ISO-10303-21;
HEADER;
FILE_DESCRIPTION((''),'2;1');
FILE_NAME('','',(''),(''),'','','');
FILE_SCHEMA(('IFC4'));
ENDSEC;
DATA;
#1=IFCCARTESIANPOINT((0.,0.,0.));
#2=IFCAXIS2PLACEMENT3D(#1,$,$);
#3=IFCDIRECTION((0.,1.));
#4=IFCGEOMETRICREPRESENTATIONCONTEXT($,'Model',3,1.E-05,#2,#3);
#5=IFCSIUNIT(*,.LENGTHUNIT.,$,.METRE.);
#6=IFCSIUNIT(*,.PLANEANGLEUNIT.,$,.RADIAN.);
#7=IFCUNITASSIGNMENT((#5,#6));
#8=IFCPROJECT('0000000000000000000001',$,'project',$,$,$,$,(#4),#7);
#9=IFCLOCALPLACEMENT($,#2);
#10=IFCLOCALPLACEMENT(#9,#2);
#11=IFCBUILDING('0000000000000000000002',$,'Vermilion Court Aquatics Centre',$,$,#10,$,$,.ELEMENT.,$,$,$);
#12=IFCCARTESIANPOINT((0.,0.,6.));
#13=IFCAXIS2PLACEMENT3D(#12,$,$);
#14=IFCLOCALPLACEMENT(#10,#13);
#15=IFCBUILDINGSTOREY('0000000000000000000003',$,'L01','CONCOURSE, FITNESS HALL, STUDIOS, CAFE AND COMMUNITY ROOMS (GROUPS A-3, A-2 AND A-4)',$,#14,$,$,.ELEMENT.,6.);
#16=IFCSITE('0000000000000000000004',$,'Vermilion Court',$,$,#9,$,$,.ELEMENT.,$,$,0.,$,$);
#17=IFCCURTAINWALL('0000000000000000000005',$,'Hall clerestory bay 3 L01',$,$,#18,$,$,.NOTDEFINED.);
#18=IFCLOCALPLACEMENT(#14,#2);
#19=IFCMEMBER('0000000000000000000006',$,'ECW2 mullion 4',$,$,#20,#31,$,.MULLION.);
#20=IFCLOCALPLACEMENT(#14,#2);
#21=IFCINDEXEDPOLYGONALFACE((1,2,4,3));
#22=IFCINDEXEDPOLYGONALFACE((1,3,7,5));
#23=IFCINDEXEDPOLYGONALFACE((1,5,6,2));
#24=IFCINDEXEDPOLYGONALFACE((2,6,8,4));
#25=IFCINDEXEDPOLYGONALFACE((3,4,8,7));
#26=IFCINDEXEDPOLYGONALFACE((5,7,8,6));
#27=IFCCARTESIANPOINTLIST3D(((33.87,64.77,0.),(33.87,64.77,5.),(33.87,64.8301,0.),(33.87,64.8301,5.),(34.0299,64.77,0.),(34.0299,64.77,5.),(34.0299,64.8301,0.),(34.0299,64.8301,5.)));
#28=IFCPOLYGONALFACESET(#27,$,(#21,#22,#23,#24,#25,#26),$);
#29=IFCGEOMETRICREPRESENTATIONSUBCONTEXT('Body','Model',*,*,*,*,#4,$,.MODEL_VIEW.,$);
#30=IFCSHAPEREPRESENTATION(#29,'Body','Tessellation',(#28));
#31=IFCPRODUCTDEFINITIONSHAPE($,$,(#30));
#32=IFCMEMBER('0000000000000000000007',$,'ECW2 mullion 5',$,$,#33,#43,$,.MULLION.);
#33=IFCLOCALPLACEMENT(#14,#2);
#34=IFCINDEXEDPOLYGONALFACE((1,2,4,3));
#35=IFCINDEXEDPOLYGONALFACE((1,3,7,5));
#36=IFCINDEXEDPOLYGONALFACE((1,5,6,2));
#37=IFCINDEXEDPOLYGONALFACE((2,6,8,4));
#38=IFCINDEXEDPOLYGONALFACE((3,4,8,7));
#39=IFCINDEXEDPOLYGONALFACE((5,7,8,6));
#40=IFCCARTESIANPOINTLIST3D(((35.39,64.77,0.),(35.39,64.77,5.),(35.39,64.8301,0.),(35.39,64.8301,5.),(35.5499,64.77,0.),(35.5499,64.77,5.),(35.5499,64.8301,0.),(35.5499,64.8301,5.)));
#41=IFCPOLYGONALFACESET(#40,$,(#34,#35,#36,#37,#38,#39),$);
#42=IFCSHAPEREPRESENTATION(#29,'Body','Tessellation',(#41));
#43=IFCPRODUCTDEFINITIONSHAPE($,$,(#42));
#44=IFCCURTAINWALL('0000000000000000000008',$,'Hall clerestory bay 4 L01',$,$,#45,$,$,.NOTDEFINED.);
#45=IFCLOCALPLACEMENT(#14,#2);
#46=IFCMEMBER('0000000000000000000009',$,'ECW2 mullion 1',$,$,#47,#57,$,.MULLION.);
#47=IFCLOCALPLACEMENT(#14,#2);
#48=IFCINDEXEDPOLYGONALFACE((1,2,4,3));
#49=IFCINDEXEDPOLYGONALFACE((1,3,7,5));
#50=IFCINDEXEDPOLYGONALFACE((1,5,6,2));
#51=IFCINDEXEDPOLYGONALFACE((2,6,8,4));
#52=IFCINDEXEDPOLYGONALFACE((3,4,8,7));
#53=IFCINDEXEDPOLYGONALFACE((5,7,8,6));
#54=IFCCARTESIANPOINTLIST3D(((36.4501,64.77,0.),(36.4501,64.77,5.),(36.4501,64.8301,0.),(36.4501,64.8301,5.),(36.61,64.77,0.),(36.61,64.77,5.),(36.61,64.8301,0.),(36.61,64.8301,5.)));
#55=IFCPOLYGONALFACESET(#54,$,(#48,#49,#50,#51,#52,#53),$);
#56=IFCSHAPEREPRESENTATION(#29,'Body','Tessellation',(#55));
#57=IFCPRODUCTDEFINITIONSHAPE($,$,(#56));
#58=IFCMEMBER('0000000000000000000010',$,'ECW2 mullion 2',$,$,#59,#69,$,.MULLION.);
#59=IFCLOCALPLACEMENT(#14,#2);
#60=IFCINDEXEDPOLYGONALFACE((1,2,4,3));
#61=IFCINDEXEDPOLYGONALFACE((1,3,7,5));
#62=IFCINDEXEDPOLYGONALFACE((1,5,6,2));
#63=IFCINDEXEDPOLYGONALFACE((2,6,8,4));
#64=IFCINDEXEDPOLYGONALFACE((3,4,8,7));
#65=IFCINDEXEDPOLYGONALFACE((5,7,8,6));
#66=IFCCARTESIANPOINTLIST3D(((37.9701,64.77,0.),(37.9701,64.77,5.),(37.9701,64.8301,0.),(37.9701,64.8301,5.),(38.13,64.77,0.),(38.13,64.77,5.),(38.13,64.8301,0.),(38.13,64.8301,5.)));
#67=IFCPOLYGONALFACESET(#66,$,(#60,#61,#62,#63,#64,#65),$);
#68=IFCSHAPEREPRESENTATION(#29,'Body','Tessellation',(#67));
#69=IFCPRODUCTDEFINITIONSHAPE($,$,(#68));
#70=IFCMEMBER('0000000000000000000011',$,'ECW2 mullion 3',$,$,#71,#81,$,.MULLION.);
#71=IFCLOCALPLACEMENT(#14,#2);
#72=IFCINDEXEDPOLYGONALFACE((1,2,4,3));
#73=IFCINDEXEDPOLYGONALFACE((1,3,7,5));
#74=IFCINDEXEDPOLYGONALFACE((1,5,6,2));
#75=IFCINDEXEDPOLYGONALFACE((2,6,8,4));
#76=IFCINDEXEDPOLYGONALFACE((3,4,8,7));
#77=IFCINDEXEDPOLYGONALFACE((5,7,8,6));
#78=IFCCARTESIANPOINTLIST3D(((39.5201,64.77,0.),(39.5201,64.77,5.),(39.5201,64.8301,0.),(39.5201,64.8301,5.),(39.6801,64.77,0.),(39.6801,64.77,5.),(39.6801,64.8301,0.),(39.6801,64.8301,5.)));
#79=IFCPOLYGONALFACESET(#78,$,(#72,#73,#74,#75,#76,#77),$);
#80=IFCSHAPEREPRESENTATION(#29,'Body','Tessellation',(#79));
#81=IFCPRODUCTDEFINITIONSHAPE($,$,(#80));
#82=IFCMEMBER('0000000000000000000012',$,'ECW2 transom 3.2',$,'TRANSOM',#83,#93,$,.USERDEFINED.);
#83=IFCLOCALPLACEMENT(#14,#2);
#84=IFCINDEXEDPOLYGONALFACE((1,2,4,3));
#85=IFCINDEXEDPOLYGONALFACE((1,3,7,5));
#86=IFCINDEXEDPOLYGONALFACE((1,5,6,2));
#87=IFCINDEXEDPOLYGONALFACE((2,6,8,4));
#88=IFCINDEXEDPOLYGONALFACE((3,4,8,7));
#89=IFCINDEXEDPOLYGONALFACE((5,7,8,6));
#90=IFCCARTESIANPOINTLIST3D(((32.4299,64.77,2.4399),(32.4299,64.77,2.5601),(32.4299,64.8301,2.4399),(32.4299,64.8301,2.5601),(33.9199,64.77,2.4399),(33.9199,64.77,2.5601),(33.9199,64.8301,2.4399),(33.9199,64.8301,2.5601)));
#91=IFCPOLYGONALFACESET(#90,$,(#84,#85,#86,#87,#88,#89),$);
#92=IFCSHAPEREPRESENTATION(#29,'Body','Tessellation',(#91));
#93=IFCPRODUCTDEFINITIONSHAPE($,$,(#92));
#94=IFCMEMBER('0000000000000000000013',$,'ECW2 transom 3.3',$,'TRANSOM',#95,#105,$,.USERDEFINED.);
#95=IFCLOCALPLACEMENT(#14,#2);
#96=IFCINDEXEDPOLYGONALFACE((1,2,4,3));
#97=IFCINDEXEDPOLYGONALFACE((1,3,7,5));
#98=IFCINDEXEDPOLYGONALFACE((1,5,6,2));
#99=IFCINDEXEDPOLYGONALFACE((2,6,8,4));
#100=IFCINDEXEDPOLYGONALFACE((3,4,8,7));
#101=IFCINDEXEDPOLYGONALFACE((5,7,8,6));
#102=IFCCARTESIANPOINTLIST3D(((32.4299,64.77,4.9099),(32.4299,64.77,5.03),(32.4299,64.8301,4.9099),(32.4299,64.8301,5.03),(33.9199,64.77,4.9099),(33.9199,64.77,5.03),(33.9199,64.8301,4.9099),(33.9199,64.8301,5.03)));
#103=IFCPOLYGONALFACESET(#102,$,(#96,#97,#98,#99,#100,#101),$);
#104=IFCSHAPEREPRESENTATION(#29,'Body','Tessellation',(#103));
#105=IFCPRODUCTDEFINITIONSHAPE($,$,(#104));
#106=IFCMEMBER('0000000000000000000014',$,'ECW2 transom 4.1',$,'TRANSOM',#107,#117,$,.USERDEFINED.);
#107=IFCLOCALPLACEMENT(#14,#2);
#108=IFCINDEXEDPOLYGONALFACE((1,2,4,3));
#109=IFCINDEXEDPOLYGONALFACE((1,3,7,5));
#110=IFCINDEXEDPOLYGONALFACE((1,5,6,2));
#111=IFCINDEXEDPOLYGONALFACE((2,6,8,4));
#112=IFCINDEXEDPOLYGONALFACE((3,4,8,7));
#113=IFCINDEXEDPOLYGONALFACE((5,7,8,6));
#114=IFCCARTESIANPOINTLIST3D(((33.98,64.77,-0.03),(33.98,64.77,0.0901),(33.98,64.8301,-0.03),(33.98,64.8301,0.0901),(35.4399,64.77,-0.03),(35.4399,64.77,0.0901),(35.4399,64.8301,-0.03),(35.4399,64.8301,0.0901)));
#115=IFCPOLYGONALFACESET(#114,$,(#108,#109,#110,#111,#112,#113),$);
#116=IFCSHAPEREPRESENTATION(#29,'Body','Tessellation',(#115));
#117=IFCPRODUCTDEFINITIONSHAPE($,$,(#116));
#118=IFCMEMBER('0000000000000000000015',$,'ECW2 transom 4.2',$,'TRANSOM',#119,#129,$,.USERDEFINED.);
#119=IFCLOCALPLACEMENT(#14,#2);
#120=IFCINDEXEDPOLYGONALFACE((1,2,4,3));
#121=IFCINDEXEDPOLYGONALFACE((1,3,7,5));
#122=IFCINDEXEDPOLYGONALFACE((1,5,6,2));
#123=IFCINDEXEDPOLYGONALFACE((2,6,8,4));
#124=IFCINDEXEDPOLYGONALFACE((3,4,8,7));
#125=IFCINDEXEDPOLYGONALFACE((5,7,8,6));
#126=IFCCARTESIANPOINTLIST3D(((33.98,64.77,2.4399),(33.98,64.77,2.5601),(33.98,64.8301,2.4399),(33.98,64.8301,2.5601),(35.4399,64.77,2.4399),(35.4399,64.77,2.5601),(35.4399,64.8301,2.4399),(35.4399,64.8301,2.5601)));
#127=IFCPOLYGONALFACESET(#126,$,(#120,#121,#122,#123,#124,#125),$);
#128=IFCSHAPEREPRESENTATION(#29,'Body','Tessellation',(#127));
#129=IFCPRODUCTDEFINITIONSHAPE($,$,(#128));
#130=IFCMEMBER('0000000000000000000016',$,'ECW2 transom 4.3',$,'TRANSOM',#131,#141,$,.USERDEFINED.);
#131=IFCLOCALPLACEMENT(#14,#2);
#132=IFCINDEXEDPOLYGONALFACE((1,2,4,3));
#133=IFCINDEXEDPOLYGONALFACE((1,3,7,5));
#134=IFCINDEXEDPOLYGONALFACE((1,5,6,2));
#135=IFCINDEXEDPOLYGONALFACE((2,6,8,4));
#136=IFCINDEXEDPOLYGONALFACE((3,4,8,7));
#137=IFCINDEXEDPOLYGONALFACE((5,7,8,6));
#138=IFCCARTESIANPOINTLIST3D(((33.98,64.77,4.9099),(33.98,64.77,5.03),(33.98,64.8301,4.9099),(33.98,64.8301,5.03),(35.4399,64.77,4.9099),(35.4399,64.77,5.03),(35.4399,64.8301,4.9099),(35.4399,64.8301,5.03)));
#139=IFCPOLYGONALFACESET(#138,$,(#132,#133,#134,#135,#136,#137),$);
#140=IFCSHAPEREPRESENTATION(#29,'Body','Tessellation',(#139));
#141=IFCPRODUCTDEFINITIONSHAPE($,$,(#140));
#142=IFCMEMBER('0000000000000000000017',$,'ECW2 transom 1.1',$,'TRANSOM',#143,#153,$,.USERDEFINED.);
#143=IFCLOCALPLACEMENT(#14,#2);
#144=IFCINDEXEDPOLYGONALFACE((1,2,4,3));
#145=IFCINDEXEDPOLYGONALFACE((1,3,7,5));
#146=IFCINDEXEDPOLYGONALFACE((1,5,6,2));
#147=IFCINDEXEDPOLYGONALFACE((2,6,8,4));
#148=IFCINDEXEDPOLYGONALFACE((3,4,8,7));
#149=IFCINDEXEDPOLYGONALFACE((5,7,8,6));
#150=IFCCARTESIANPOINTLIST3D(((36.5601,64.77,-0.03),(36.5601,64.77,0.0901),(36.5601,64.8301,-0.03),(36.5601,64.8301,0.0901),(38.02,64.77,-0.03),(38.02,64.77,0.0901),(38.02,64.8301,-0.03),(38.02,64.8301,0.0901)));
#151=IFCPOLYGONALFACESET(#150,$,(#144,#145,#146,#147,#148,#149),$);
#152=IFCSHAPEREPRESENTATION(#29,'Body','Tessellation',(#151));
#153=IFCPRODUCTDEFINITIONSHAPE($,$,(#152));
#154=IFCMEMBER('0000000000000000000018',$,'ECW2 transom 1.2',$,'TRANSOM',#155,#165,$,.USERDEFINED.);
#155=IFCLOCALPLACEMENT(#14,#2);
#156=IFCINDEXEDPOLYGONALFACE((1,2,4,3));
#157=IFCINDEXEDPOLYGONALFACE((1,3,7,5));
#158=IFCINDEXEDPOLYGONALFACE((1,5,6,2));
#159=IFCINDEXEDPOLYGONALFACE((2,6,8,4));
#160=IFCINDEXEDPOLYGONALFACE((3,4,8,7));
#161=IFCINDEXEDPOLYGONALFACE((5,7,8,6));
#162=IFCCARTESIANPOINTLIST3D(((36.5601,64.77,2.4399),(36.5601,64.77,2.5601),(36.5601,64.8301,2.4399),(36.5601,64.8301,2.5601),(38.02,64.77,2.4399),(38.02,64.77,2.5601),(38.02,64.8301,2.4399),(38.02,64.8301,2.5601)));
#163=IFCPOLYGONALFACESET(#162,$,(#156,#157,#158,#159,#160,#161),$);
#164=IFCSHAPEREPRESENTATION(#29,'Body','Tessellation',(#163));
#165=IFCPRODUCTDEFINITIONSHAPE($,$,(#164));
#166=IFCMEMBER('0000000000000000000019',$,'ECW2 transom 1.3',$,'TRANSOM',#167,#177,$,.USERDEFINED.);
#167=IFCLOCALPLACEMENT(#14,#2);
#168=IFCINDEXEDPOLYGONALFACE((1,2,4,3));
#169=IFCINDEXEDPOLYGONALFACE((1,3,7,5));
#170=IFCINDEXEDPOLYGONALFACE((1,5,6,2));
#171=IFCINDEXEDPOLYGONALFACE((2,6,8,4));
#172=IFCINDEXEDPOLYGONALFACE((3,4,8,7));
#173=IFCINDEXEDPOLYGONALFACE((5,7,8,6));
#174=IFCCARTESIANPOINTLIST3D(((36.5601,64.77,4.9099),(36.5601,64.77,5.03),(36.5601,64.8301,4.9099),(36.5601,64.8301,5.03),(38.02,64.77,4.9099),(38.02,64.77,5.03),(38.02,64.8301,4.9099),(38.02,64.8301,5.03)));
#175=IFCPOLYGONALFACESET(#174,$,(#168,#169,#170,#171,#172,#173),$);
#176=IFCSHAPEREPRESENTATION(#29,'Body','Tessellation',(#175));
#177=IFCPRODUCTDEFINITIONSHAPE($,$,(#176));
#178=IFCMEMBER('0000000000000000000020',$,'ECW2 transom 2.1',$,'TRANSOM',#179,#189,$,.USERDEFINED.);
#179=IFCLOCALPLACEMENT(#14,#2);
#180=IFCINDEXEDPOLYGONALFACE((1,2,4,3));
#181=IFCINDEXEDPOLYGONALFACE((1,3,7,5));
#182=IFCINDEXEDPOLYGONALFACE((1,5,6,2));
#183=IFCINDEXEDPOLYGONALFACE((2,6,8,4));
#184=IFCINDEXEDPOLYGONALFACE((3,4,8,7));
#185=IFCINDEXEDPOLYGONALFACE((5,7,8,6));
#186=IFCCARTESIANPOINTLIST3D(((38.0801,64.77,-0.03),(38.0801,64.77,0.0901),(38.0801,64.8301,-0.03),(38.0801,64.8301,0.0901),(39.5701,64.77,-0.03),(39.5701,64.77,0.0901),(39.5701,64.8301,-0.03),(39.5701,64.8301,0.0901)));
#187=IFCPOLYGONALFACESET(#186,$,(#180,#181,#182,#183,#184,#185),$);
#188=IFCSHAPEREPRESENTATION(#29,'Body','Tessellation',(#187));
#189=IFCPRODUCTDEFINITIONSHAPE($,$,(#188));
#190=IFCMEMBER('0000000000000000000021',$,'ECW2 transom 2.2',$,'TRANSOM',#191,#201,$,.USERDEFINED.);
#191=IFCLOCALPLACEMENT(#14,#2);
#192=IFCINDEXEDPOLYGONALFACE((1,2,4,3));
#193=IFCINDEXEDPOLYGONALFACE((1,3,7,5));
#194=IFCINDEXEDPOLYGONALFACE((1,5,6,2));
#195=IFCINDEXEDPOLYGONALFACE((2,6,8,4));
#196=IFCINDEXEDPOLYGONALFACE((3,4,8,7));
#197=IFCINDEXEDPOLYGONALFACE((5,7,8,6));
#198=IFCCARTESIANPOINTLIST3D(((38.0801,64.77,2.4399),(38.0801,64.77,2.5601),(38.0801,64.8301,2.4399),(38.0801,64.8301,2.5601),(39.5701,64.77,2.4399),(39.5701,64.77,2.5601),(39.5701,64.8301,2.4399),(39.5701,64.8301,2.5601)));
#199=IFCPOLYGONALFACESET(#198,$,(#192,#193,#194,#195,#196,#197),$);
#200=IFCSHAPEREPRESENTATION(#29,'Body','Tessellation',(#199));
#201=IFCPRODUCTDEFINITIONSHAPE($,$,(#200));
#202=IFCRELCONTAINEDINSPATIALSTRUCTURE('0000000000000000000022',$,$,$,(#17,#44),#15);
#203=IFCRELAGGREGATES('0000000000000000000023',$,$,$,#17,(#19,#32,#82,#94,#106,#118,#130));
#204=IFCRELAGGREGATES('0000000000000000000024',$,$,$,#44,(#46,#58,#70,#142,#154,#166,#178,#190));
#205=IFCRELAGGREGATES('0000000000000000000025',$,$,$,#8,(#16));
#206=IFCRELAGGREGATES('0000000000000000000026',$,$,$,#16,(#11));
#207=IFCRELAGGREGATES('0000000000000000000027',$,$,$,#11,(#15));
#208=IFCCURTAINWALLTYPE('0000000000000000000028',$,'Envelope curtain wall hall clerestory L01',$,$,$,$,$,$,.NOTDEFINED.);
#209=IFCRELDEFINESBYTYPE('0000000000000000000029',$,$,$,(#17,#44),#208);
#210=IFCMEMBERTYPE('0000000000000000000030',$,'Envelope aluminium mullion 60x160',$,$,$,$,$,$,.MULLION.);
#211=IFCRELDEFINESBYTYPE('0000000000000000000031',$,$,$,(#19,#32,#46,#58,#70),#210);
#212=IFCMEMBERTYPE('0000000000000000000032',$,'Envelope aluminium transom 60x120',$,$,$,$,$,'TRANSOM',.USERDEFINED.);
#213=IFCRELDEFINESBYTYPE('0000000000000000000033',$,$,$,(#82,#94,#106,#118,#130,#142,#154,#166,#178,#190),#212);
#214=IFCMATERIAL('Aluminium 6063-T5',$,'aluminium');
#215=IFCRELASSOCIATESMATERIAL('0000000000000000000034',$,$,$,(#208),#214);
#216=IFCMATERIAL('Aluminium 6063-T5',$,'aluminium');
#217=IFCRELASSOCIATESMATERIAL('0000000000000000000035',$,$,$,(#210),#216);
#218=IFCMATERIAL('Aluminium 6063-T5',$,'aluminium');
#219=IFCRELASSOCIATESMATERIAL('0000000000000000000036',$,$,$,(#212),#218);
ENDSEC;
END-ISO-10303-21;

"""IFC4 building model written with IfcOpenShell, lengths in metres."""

from ifc_helpers import new_model, si_unit, direction, frame, origin, origin_2d, place, context, subcontext, project, spatial, rectangle, extrude, material, material_profile, profile_set, type_object, element, aggregate, save


model = new_model("IFC4")

# Units and contexts
model_context = context("Model", 3, precision=1e-05, world=origin(), true_north=direction((0.0, 1.0)))
body_context = subcontext(model_context, "Body", "Model", "MODEL_VIEW")
ifc_project = project(units=[si_unit("LENGTHUNIT", "METRE"), si_unit("PLANEANGLEUNIT", "RADIAN")], contexts=[model_context])

# Site, building, storey
site_placement = place(None, origin())
site = spatial("IfcSite", under=ifc_project, at=site_placement, Name="Vermilion Court", CompositionType="ELEMENT", RefElevation=0.0)
building_placement = place(site_placement, origin())
building = spatial("IfcBuilding", under=site, at=building_placement, Name="Vermilion Court Aquatics Centre", CompositionType="ELEMENT")
storey_placement = place(building_placement, frame((0.0, 0.0, 6.0)))
storey = spatial("IfcBuildingStorey", under=building, at=storey_placement, Name="L01", Description="CONCOURSE, FITNESS HALL, STUDIOS, CAFE AND COMMUNITY ROOMS (GROUPS A-3, A-2 AND A-4)", CompositionType="ELEMENT", Elevation=6.0)

# Curtain walls, members
ifc_material_1 = material(Name="Aluminium 6063-T5", Category="aluminium")
curtain_wall_type = type_object("IfcCurtainWallType", Name="Envelope curtain wall hall clerestory L01", PredefinedType="NOTDEFINED", material=ifc_material_1)
curtain_wall_1_placement = place(storey_placement, origin())
curtain_wall_1 = element("IfcCurtainWall", 1, at=curtain_wall_1_placement, inside=storey, type_object=curtain_wall_type, Name="Hall clerestory bay 3 L01", PredefinedType="NOTDEFINED")
ifc_material_2 = material(Name="Aluminium 6063-T5", Category="aluminium")
ifc_material_profile_1 = material_profile(ifc_material_2, rectangle(XDim=0.0601, YDim=0.1599, at=origin_2d()), Name="AL 60x160")
ifc_profile_set_1 = profile_set([ifc_material_profile_1], Name="Aluminium 6063-T5")
member_type_1 = type_object("IfcMemberType", Name="Envelope aluminium mullion 60x160", PredefinedType="MULLION", material=ifc_profile_set_1)
member_1_placement = place(storey_placement, frame((33.95, 64.8, 0.0), z_axis=(0.0, 0.0, 1.0), x_axis=(0.0, 1.0, 0.0)))
member_1 = element("IfcMember", 2, at=member_1_placement, type_object=member_type_1, Name="ECW2 mullion 4", PredefinedType="MULLION", context=body_context, shape_type="SweptSolid", body=[
    extrude(rectangle(XDim=0.0601, YDim=0.1599, at=origin_2d()), origin(), (0.0, 0.0, 1.0), 5.0),
])
member_2_placement = place(storey_placement, frame((35.47, 64.8, 0.0), z_axis=(0.0, 0.0, 1.0), x_axis=(0.0, 1.0, 0.0)))
member_2 = element("IfcMember", 3, at=member_2_placement, type_object=member_type_1, Name="ECW2 mullion 5", PredefinedType="MULLION", context=body_context, shape_type="SweptSolid", body=[
    extrude(rectangle(XDim=0.0601, YDim=0.1599, at=origin_2d()), origin(), (0.0, 0.0, 1.0), 5.0),
])
curtain_wall_2_placement = place(storey_placement, origin())
curtain_wall_2 = element("IfcCurtainWall", 4, at=curtain_wall_2_placement, inside=storey, type_object=curtain_wall_type, Name="Hall clerestory bay 4 L01", PredefinedType="NOTDEFINED")
member_3_placement = place(storey_placement, frame((36.53, 64.8, 0.0), z_axis=(0.0, 0.0, 1.0), x_axis=(0.0, 1.0, 0.0)))
member_3 = element("IfcMember", 5, at=member_3_placement, type_object=member_type_1, Name="ECW2 mullion 1", PredefinedType="MULLION", context=body_context, shape_type="SweptSolid", body=[
    extrude(rectangle(XDim=0.0601, YDim=0.1599, at=origin_2d()), origin(), (0.0, 0.0, 1.0), 5.0),
])
member_4_placement = place(storey_placement, frame((38.05, 64.8, 0.0), z_axis=(0.0, 0.0, 1.0), x_axis=(0.0, 1.0, 0.0)))
member_4 = element("IfcMember", 6, at=member_4_placement, type_object=member_type_1, Name="ECW2 mullion 2", PredefinedType="MULLION", context=body_context, shape_type="SweptSolid", body=[
    extrude(rectangle(XDim=0.0601, YDim=0.1599, at=origin_2d()), origin(), (0.0, 0.0, 1.0), 5.0),
])
member_5_placement = place(storey_placement, frame((39.6001, 64.8, 0.0), z_axis=(0.0, 0.0, 1.0), x_axis=(0.0, 1.0, 0.0)))
member_5 = element("IfcMember", 7, at=member_5_placement, type_object=member_type_1, Name="ECW2 mullion 3", PredefinedType="MULLION", context=body_context, shape_type="SweptSolid", body=[
    extrude(rectangle(XDim=0.0601, YDim=0.1599, at=origin_2d()), origin(), (0.0, 0.0, 1.0), 5.0),
])

# Members
ifc_material_3 = material(Name="Aluminium 6063-T5", Category="aluminium")
ifc_material_profile_2 = material_profile(ifc_material_3, rectangle(XDim=0.0601, YDim=0.1201, at=origin_2d()), Name="AL 60x120")
ifc_profile_set_2 = profile_set([ifc_material_profile_2], Name="Aluminium 6063-T5")
member_type_2 = type_object("IfcMemberType", Name="Envelope aluminium transom 60x120", ElementType="TRANSOM", PredefinedType="USERDEFINED", material=ifc_profile_set_2)
member_6_placement = place(storey_placement, frame((32.4299, 64.8, 2.5), z_axis=(1.0, 0.0, 0.0), x_axis=(0.0, 1.0, 0.0)))
member_6 = element("IfcMember", 8, at=member_6_placement, type_object=member_type_2, Name="ECW2 transom 3.2", ObjectType="TRANSOM", PredefinedType="USERDEFINED", context=body_context, shape_type="SweptSolid", body=[
    extrude(rectangle(XDim=0.0601, YDim=0.1201, at=origin_2d()), origin(), (0.0, 0.0, 1.0), 1.49),
])
member_7_placement = place(storey_placement, frame((32.4299, 64.8, 4.97), z_axis=(1.0, 0.0, 0.0), x_axis=(0.0, 1.0, 0.0)))
member_7 = element("IfcMember", 9, at=member_7_placement, type_object=member_type_2, Name="ECW2 transom 3.3", ObjectType="TRANSOM", PredefinedType="USERDEFINED", context=body_context, shape_type="SweptSolid", body=[
    extrude(rectangle(XDim=0.0601, YDim=0.1201, at=origin_2d()), origin(), (0.0, 0.0, 1.0), 1.49),
])
member_8_placement = place(storey_placement, frame((33.98, 64.8, 0.03), z_axis=(1.0, 0.0, 0.0), x_axis=(0.0, 1.0, 0.0)))
member_8 = element("IfcMember", 10, at=member_8_placement, type_object=member_type_2, Name="ECW2 transom 4.1", ObjectType="TRANSOM", PredefinedType="USERDEFINED", context=body_context, shape_type="SweptSolid", body=[
    extrude(rectangle(XDim=0.0601, YDim=0.1201, at=origin_2d()), origin(), (0.0, 0.0, 1.0), 1.46),
])
member_9_placement = place(storey_placement, frame((33.98, 64.8, 2.5), z_axis=(1.0, 0.0, 0.0), x_axis=(0.0, 1.0, 0.0)))
member_9 = element("IfcMember", 11, at=member_9_placement, type_object=member_type_2, Name="ECW2 transom 4.2", ObjectType="TRANSOM", PredefinedType="USERDEFINED", context=body_context, shape_type="SweptSolid", body=[
    extrude(rectangle(XDim=0.0601, YDim=0.1201, at=origin_2d()), origin(), (0.0, 0.0, 1.0), 1.46),
])
member_10_placement = place(storey_placement, frame((33.98, 64.8, 4.97), z_axis=(1.0, 0.0, 0.0), x_axis=(0.0, 1.0, 0.0)))
member_10 = element("IfcMember", 12, at=member_10_placement, type_object=member_type_2, Name="ECW2 transom 4.3", ObjectType="TRANSOM", PredefinedType="USERDEFINED", context=body_context, shape_type="SweptSolid", body=[
    extrude(rectangle(XDim=0.0601, YDim=0.1201, at=origin_2d()), origin(), (0.0, 0.0, 1.0), 1.46),
])
member_11_placement = place(storey_placement, frame((36.5601, 64.8, 0.03), z_axis=(1.0, 0.0, 0.0), x_axis=(0.0, 1.0, 0.0)))
member_11 = element("IfcMember", 13, at=member_11_placement, type_object=member_type_2, Name="ECW2 transom 1.1", ObjectType="TRANSOM", PredefinedType="USERDEFINED", context=body_context, shape_type="SweptSolid", body=[
    extrude(rectangle(XDim=0.0601, YDim=0.1201, at=origin_2d()), origin(), (0.0, 0.0, 1.0), 1.46),
])
member_12_placement = place(storey_placement, frame((36.5601, 64.8, 2.5), z_axis=(1.0, 0.0, 0.0), x_axis=(0.0, 1.0, 0.0)))
member_12 = element("IfcMember", 14, at=member_12_placement, type_object=member_type_2, Name="ECW2 transom 1.2", ObjectType="TRANSOM", PredefinedType="USERDEFINED", context=body_context, shape_type="SweptSolid", body=[
    extrude(rectangle(XDim=0.0601, YDim=0.1201, at=origin_2d()), origin(), (0.0, 0.0, 1.0), 1.46),
])
member_13_placement = place(storey_placement, frame((36.5601, 64.8, 4.97), z_axis=(1.0, 0.0, 0.0), x_axis=(0.0, 1.0, 0.0)))
member_13 = element("IfcMember", 15, at=member_13_placement, type_object=member_type_2, Name="ECW2 transom 1.3", ObjectType="TRANSOM", PredefinedType="USERDEFINED", context=body_context, shape_type="SweptSolid", body=[
    extrude(rectangle(XDim=0.0601, YDim=0.1201, at=origin_2d()), origin(), (0.0, 0.0, 1.0), 1.46),
])
member_14_placement = place(storey_placement, frame((38.0801, 64.8, 0.03), z_axis=(1.0, 0.0, 0.0), x_axis=(0.0, 1.0, 0.0)))
member_14 = element("IfcMember", 16, at=member_14_placement, type_object=member_type_2, Name="ECW2 transom 2.1", ObjectType="TRANSOM", PredefinedType="USERDEFINED", context=body_context, shape_type="SweptSolid", body=[
    extrude(rectangle(XDim=0.0601, YDim=0.1201, at=origin_2d()), origin(), (0.0, 0.0, 1.0), 1.49),
])
member_15_placement = place(storey_placement, frame((38.0801, 64.8, 2.5), z_axis=(1.0, 0.0, 0.0), x_axis=(0.0, 1.0, 0.0)))
member_15 = element("IfcMember", 17, at=member_15_placement, type_object=member_type_2, Name="ECW2 transom 2.2", ObjectType="TRANSOM", PredefinedType="USERDEFINED", context=body_context, shape_type="SweptSolid", body=[
    extrude(rectangle(XDim=0.0601, YDim=0.1201, at=origin_2d()), origin(), (0.0, 0.0, 1.0), 1.49),
])

aggregate(curtain_wall_1, [member_1, member_2, member_6, member_7, member_8, member_9, member_10])
aggregate(curtain_wall_2, [member_3, member_4, member_5, member_11, member_12, member_13, member_14, member_15])

save(model, "model.ifc")
